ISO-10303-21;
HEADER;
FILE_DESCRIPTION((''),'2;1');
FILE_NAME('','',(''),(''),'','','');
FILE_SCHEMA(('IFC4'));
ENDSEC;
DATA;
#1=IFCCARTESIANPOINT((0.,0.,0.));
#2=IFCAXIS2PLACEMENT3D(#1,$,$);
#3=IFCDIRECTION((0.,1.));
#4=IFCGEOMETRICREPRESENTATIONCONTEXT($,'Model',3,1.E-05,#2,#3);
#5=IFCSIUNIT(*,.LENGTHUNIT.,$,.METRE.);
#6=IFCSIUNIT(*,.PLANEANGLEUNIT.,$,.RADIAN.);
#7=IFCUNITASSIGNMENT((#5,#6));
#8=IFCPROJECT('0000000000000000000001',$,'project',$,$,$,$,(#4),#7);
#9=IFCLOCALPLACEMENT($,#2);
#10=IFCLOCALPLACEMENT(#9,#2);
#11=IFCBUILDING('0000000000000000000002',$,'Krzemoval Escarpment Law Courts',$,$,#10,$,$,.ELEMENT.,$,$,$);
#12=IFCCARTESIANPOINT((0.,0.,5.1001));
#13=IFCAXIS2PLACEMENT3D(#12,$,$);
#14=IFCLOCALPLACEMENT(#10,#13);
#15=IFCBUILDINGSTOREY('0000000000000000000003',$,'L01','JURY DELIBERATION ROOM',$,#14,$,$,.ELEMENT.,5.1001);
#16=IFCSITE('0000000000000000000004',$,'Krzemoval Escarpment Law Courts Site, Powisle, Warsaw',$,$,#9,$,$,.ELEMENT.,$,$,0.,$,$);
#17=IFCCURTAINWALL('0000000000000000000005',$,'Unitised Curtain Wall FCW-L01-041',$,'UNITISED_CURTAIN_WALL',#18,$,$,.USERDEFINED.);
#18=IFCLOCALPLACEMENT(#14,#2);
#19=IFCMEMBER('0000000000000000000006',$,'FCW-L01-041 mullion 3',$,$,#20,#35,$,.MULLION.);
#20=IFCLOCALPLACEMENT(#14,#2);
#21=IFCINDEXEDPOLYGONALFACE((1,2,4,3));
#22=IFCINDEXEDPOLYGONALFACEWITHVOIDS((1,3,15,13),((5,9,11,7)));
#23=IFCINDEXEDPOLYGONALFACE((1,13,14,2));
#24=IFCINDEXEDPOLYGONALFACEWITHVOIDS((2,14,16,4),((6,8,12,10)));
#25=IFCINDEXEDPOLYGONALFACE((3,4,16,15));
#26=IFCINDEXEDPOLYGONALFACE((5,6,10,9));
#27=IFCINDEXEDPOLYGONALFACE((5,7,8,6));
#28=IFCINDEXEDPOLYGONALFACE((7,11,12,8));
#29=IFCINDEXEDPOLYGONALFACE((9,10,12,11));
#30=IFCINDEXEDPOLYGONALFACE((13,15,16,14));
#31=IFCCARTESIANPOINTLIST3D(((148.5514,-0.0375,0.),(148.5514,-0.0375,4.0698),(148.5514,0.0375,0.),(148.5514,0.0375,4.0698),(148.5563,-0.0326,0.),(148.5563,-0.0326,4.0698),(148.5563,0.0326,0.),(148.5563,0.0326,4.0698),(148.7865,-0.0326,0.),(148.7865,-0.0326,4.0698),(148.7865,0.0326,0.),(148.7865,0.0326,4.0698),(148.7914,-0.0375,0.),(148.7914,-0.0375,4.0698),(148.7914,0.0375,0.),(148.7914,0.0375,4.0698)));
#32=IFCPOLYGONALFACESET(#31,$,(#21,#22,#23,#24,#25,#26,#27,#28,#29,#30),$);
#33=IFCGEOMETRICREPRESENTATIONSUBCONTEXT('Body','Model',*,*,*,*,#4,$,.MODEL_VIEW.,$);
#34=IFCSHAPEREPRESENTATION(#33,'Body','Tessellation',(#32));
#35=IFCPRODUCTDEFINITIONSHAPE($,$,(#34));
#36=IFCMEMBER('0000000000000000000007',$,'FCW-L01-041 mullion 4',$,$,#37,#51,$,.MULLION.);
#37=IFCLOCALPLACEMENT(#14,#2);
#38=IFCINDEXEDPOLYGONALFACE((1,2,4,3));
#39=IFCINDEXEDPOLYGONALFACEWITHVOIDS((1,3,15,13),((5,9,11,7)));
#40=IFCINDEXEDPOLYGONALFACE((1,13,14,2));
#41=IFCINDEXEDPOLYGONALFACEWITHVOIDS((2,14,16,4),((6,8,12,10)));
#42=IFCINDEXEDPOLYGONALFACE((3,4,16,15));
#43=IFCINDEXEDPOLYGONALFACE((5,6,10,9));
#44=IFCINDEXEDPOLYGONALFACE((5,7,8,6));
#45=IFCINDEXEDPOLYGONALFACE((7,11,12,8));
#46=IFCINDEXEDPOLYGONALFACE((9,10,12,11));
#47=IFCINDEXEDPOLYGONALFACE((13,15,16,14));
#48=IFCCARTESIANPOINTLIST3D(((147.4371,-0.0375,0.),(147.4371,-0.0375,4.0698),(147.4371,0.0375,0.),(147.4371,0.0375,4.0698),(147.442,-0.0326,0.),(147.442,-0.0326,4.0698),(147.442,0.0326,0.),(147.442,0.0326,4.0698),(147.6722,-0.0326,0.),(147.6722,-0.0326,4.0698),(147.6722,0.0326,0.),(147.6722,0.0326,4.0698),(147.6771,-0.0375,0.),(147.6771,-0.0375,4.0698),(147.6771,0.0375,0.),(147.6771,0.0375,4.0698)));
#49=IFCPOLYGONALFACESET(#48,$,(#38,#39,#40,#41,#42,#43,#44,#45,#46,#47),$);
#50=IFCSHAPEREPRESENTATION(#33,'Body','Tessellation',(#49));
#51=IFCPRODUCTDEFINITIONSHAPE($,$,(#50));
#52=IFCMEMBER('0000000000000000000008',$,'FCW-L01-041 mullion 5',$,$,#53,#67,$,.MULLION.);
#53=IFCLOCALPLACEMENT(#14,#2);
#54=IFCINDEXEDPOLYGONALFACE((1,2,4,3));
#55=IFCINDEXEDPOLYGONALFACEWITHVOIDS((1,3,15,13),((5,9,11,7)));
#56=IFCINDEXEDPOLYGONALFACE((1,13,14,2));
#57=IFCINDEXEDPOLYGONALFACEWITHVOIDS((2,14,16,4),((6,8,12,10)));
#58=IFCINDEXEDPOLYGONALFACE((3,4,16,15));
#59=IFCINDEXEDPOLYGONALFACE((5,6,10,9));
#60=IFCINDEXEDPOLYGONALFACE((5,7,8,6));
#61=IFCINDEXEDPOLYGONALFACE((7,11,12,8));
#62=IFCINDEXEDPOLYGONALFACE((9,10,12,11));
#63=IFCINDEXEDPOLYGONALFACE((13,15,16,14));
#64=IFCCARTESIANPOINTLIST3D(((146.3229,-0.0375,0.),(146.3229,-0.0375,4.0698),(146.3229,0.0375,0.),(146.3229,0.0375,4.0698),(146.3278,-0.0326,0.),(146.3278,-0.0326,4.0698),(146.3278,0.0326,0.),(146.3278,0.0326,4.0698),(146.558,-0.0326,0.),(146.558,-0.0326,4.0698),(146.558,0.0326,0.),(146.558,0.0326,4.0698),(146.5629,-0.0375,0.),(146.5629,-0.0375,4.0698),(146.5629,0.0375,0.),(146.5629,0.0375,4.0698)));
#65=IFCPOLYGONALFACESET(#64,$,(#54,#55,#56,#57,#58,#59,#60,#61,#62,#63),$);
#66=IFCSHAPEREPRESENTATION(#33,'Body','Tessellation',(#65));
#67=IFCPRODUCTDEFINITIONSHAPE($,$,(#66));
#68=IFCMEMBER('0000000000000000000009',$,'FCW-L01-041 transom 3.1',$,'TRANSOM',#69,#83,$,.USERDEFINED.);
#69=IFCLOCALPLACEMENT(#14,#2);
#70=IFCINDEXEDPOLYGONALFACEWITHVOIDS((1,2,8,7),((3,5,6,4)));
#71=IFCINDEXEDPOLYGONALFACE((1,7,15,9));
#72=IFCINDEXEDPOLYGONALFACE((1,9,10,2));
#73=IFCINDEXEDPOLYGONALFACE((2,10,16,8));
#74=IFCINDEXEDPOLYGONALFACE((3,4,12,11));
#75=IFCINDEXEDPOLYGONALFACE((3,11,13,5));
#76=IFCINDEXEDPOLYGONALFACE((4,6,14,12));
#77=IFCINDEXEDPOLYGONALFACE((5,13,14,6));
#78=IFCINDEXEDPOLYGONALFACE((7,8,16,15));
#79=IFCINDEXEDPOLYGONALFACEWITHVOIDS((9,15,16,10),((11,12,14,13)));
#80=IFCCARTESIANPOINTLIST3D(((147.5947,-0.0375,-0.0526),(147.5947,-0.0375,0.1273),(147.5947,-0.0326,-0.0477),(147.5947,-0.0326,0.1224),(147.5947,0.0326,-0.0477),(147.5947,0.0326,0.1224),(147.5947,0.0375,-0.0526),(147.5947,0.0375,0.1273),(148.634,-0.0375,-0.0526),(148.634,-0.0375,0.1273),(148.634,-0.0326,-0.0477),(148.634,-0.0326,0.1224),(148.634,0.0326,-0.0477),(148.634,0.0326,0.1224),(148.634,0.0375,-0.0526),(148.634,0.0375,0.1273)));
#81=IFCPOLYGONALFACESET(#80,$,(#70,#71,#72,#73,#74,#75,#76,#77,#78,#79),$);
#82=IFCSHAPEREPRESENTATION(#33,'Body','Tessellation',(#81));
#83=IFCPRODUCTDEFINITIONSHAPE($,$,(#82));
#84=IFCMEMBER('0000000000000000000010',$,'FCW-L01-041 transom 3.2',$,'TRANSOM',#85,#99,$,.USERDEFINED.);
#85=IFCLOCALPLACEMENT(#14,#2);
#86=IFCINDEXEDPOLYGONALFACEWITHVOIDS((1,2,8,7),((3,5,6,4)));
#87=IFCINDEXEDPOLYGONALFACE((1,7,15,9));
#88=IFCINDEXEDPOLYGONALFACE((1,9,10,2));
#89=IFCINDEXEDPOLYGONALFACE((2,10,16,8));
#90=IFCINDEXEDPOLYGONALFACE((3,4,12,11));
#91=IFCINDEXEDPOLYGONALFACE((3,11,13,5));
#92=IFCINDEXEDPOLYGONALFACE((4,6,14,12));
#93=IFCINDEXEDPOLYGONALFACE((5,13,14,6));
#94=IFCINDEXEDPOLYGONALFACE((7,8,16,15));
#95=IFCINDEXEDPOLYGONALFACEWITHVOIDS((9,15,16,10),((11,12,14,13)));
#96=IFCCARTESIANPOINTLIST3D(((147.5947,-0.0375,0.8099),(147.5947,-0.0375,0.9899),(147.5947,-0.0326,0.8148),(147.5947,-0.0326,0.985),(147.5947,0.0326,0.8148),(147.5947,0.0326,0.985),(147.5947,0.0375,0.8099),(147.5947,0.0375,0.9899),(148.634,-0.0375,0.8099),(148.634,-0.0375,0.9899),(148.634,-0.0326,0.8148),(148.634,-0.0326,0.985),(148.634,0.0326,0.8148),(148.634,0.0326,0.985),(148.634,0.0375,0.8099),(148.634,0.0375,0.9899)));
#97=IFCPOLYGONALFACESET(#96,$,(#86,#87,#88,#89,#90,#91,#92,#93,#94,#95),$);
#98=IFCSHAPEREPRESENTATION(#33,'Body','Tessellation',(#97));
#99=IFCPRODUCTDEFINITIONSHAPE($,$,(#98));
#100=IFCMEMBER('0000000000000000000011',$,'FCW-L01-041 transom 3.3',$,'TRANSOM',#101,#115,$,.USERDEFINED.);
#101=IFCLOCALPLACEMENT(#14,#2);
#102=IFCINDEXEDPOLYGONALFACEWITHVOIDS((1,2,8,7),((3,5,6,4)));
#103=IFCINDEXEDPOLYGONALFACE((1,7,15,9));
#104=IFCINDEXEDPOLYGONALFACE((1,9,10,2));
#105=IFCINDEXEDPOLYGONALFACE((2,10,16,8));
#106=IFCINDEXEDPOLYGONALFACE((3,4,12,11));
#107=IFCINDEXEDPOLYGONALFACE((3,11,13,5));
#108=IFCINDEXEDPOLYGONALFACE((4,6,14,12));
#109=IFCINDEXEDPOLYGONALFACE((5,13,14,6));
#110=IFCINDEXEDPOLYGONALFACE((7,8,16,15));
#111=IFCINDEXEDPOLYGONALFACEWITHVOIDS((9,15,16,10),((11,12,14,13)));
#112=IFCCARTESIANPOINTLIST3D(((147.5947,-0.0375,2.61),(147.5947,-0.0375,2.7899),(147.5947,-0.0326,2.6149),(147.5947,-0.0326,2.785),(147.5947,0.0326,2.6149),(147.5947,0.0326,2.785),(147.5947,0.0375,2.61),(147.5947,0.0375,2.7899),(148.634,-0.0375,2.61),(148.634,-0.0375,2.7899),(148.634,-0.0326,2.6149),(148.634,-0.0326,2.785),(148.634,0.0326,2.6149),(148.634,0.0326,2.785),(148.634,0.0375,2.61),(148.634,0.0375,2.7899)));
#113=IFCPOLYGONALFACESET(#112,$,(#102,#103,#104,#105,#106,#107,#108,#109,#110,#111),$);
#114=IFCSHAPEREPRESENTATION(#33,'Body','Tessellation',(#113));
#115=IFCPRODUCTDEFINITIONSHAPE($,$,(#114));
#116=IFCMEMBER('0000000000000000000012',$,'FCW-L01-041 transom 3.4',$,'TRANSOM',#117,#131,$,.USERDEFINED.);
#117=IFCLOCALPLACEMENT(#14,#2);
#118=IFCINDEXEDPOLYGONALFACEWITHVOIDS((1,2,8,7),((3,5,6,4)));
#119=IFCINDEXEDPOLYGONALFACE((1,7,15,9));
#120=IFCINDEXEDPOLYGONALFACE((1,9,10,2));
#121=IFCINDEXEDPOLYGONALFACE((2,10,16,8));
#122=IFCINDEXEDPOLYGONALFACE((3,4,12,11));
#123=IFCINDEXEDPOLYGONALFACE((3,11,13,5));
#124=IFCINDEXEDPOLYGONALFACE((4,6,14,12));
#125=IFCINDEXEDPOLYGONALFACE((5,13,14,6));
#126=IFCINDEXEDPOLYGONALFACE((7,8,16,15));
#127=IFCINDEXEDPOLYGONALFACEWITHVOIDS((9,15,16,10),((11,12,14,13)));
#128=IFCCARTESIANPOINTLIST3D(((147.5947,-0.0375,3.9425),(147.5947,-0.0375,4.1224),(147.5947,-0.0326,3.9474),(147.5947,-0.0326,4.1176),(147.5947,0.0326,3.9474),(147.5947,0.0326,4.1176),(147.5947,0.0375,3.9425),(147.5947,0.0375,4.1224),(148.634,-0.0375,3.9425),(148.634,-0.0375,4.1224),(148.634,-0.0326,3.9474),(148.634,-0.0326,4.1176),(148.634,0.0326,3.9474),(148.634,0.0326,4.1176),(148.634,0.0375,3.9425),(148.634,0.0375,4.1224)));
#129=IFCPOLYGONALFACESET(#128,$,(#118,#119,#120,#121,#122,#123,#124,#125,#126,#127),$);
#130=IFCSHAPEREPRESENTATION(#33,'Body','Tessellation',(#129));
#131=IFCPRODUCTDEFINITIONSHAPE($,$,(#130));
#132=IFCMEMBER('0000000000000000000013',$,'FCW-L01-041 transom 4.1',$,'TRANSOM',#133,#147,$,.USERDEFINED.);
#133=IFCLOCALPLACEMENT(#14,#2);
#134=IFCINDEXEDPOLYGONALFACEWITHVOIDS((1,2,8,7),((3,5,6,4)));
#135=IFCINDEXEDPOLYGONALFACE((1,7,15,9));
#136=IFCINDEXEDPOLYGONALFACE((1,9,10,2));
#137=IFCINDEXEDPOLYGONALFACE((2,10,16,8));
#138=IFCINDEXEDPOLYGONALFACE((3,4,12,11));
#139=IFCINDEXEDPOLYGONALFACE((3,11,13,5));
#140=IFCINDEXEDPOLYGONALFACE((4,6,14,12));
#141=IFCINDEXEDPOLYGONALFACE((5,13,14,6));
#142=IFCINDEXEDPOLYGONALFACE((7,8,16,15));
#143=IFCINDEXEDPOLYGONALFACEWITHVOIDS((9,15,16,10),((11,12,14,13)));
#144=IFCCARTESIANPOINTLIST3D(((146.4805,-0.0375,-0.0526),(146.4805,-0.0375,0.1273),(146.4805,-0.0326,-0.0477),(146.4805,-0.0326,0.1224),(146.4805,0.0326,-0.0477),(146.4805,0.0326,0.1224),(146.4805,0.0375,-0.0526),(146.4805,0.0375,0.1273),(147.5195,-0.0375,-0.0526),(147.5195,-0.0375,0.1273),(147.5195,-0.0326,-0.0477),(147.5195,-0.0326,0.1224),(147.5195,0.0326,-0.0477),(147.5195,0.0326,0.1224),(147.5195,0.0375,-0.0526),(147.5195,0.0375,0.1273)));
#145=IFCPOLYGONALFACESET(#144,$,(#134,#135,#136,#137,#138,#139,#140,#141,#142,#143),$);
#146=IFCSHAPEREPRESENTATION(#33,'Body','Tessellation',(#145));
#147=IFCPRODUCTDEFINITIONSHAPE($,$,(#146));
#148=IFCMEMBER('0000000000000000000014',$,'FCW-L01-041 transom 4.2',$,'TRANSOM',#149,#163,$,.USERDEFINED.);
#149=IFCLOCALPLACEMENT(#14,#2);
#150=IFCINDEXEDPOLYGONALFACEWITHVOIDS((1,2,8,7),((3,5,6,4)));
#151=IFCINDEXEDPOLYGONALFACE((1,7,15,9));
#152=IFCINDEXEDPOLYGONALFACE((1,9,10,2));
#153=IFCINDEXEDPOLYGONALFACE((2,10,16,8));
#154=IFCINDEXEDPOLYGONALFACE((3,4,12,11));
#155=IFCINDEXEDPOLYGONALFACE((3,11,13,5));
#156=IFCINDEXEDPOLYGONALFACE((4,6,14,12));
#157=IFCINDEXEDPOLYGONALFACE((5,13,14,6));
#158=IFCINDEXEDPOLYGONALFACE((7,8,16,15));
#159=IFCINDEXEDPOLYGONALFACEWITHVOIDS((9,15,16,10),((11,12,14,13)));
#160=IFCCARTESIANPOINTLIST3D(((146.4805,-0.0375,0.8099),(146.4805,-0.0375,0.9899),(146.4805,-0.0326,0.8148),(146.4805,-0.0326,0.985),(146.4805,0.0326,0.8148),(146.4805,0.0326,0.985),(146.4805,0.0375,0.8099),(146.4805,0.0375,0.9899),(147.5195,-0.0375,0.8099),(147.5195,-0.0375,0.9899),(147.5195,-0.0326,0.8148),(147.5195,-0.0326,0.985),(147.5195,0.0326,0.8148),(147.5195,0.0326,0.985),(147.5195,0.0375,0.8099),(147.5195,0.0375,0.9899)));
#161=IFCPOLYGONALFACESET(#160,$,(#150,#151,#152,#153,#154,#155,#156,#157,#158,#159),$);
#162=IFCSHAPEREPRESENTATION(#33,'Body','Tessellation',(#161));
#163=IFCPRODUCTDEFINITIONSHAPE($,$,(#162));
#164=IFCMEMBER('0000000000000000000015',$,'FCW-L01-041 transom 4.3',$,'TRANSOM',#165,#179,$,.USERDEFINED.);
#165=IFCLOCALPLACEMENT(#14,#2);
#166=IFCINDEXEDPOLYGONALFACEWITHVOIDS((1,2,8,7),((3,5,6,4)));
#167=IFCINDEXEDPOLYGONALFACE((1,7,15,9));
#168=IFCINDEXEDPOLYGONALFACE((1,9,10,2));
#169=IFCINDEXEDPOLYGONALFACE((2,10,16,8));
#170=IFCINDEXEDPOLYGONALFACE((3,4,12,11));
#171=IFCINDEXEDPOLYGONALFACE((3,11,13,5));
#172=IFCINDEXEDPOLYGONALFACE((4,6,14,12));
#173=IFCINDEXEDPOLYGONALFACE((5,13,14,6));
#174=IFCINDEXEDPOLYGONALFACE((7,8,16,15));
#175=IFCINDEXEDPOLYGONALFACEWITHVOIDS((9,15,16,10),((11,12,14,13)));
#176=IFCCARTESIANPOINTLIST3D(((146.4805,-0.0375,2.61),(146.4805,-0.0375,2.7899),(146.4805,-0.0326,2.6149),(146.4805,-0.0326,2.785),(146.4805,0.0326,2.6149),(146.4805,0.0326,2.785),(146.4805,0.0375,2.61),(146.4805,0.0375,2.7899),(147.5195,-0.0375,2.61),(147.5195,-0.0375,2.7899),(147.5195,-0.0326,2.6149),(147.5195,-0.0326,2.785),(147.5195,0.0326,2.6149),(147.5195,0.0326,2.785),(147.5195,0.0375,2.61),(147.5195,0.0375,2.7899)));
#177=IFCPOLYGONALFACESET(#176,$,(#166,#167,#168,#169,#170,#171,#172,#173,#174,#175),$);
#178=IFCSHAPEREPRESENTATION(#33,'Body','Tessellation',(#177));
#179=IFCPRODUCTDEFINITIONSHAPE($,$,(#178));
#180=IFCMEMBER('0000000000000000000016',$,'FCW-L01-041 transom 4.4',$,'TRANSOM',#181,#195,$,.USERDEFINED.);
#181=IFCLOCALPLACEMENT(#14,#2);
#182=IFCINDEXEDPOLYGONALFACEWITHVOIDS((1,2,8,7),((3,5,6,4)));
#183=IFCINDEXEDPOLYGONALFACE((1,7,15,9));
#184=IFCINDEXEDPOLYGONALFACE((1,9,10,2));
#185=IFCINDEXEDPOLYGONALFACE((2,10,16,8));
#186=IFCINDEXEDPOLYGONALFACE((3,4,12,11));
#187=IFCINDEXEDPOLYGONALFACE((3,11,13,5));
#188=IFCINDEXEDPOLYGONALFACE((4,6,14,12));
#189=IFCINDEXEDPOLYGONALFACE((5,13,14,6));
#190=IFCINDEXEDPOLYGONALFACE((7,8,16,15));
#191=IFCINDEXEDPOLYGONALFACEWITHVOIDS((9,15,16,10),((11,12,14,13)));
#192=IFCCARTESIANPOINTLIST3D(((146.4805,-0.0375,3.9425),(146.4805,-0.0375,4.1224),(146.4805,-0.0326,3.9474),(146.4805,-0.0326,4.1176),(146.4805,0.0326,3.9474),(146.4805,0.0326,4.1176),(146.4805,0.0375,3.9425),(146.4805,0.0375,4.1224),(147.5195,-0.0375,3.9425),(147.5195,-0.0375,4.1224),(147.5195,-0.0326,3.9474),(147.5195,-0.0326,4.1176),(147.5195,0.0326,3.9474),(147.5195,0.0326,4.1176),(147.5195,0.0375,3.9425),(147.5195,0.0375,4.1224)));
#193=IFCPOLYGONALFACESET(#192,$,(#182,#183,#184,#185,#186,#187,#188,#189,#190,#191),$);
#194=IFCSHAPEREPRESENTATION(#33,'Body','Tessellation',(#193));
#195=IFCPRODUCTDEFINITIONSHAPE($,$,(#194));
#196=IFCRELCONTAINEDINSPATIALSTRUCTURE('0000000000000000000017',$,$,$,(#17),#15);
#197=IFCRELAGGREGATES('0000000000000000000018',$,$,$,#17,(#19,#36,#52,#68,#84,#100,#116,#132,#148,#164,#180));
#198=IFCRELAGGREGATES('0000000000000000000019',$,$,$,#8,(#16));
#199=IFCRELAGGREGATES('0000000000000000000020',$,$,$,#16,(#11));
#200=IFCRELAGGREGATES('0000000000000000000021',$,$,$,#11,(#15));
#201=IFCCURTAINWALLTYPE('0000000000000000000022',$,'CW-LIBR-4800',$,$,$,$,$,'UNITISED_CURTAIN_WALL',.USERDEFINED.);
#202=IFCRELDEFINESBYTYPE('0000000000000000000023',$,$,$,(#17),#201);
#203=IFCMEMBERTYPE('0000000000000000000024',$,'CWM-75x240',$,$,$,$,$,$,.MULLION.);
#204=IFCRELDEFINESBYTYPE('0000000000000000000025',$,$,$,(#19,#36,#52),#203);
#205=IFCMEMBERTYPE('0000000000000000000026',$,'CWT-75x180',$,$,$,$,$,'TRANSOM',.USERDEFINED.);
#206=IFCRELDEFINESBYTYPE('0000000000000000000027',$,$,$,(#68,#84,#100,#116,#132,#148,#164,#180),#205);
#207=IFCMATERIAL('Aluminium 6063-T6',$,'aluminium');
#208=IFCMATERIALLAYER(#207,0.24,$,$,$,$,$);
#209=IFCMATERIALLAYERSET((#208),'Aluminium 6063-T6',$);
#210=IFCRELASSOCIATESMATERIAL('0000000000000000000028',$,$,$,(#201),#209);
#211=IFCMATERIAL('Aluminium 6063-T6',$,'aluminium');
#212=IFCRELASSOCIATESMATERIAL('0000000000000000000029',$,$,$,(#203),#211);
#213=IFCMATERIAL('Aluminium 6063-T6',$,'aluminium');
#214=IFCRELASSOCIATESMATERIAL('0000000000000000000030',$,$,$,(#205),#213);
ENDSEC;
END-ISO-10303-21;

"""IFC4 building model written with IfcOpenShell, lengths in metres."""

from ifc_helpers import new_model, si_unit, direction, frame, origin, origin_2d, place, context, subcontext, project, spatial, hollow_rectangle, extrude, material, layer, layer_set, material_profile, profile_set, type_object, element, aggregate, save


model = new_model("IFC4")

# Units and contexts
model_context = context("Model", 3, precision=1e-05, world=origin(), true_north=direction((0.0, 1.0)))
body_context = subcontext(model_context, "Body", "Model", "MODEL_VIEW")
ifc_project = project(units=[si_unit("LENGTHUNIT", "METRE"), si_unit("PLANEANGLEUNIT", "RADIAN")], contexts=[model_context])

# Site, building, storey
site_placement = place(None, origin())
site = spatial("IfcSite", under=ifc_project, at=site_placement, Name="Krzemoval Escarpment Law Courts Site, Powisle, Warsaw", CompositionType="ELEMENT", RefElevation=0.0)
building_placement = place(site_placement, origin())
building = spatial("IfcBuilding", under=site, at=building_placement, Name="Krzemoval Escarpment Law Courts", CompositionType="ELEMENT")
storey_placement = place(building_placement, frame((0.0, 0.0, 5.1001)))
storey = spatial("IfcBuildingStorey", under=building, at=storey_placement, Name="L01", Description="JURY DELIBERATION ROOM", CompositionType="ELEMENT", Elevation=5.1001)

# Curtain wall, members
ifc_material_1 = material(Name="Aluminium 6063-T6", Category="aluminium")
ifc_layer_1 = layer(ifc_material_1, 0.24)
ifc_layer_set_1 = layer_set([ifc_layer_1], Name="Aluminium 6063-T6")
curtain_wall_type = type_object("IfcCurtainWallType", Name="CW-LIBR-4800", ElementType="UNITISED_CURTAIN_WALL", PredefinedType="USERDEFINED", material=ifc_layer_set_1)
curtain_wall_placement = place(storey_placement, origin())
curtain_wall = element("IfcCurtainWall", 1, at=curtain_wall_placement, inside=storey, type_object=curtain_wall_type, Name="Unitised Curtain Wall FCW-L01-041", ObjectType="UNITISED_CURTAIN_WALL", PredefinedType="USERDEFINED")
ifc_material_2 = material(Name="Aluminium 6063-T6", Category="aluminium")
ifc_material_profile_1 = material_profile(ifc_material_2, hollow_rectangle(XDim=0.075, YDim=0.24, WallThickness=0.0049, at=origin_2d()), Name="ALU M75x240")
ifc_profile_set_1 = profile_set([ifc_material_profile_1], Name="Aluminium 6063-T6")
member_type_1 = type_object("IfcMemberType", Name="CWM-75x240", PredefinedType="MULLION", material=ifc_profile_set_1)
member_1_placement = place(storey_placement, frame((148.6714, 0.0, 0.0), z_axis=(0.0, 0.0, 1.0), x_axis=(0.0, -1.0, 0.0)))
member_1 = element("IfcMember", 2, at=member_1_placement, type_object=member_type_1, Name="FCW-L01-041 mullion 3", PredefinedType="MULLION", context=body_context, shape_type="SweptSolid", body=[
    extrude(hollow_rectangle(XDim=0.075, YDim=0.24, WallThickness=0.0049, at=origin_2d()), origin(), (0.0, 0.0, 1.0), 4.0698),
])
member_2_placement = place(storey_placement, frame((147.5571, 0.0, 0.0), z_axis=(0.0, 0.0, 1.0), x_axis=(0.0, -1.0, 0.0)))
member_2 = element("IfcMember", 3, at=member_2_placement, type_object=member_type_1, Name="FCW-L01-041 mullion 4", PredefinedType="MULLION", context=body_context, shape_type="SweptSolid", body=[
    extrude(hollow_rectangle(XDim=0.075, YDim=0.24, WallThickness=0.0049, at=origin_2d()), origin(), (0.0, 0.0, 1.0), 4.0698),
])
member_3_placement = place(storey_placement, frame((146.4429, 0.0, 0.0), z_axis=(0.0, 0.0, 1.0), x_axis=(0.0, -1.0, 0.0)))
member_3 = element("IfcMember", 4, at=member_3_placement, type_object=member_type_1, Name="FCW-L01-041 mullion 5", PredefinedType="MULLION", context=body_context, shape_type="SweptSolid", body=[
    extrude(hollow_rectangle(XDim=0.075, YDim=0.24, WallThickness=0.0049, at=origin_2d()), origin(), (0.0, 0.0, 1.0), 4.0698),
])
ifc_material_3 = material(Name="Aluminium 6063-T6", Category="aluminium")
ifc_material_profile_2 = material_profile(ifc_material_3, hollow_rectangle(XDim=0.075, YDim=0.1799, WallThickness=0.0049, at=origin_2d()), Name="ALU T75x180")
ifc_profile_set_2 = profile_set([ifc_material_profile_2], Name="Aluminium 6063-T6")
member_type_2 = type_object("IfcMemberType", Name="CWT-75x180", ElementType="TRANSOM", PredefinedType="USERDEFINED", material=ifc_profile_set_2)
member_4_placement = place(storey_placement, frame((148.634, 0.0, 0.0374), z_axis=(-1.0, 0.0, 0.0), x_axis=(0.0, -1.0, 0.0)))
member_4 = element("IfcMember", 5, at=member_4_placement, type_object=member_type_2, Name="FCW-L01-041 transom 3.1", ObjectType="TRANSOM", PredefinedType="USERDEFINED", context=body_context, shape_type="SweptSolid", body=[
    extrude(hollow_rectangle(XDim=0.075, YDim=0.1799, WallThickness=0.0049, at=origin_2d()), origin(), (0.0, 0.0, 1.0), 1.0393),
])
member_5_placement = place(storey_placement, frame((148.634, 0.0, 0.8999), z_axis=(-1.0, 0.0, 0.0), x_axis=(0.0, -1.0, 0.0)))
member_5 = element("IfcMember", 6, at=member_5_placement, type_object=member_type_2, Name="FCW-L01-041 transom 3.2", ObjectType="TRANSOM", PredefinedType="USERDEFINED", context=body_context, shape_type="SweptSolid", body=[
    extrude(hollow_rectangle(XDim=0.075, YDim=0.1799, WallThickness=0.0049, at=origin_2d()), origin(), (0.0, 0.0, 1.0), 1.0393),
])
member_6_placement = place(storey_placement, frame((148.634, 0.0, 2.7), z_axis=(-1.0, 0.0, 0.0), x_axis=(0.0, -1.0, 0.0)))
member_6 = element("IfcMember", 7, at=member_6_placement, type_object=member_type_2, Name="FCW-L01-041 transom 3.3", ObjectType="TRANSOM", PredefinedType="USERDEFINED", context=body_context, shape_type="SweptSolid", body=[
    extrude(hollow_rectangle(XDim=0.075, YDim=0.1799, WallThickness=0.0049, at=origin_2d()), origin(), (0.0, 0.0, 1.0), 1.0393),
])
member_7_placement = place(storey_placement, frame((148.634, 0.0, 4.0325), z_axis=(-1.0, 0.0, 0.0), x_axis=(0.0, -1.0, 0.0)))
member_7 = element("IfcMember", 8, at=member_7_placement, type_object=member_type_2, Name="FCW-L01-041 transom 3.4", ObjectType="TRANSOM", PredefinedType="USERDEFINED", context=body_context, shape_type="SweptSolid", body=[
    extrude(hollow_rectangle(XDim=0.075, YDim=0.1799, WallThickness=0.0049, at=origin_2d()), origin(), (0.0, 0.0, 1.0), 1.0393),
])
member_8_placement = place(storey_placement, frame((147.5195, 0.0, 0.0374), z_axis=(-1.0, 0.0, 0.0), x_axis=(0.0, -1.0, 0.0)))
member_8 = element("IfcMember", 9, at=member_8_placement, type_object=member_type_2, Name="FCW-L01-041 transom 4.1", ObjectType="TRANSOM", PredefinedType="USERDEFINED", context=body_context, shape_type="SweptSolid", body=[
    extrude(hollow_rectangle(XDim=0.075, YDim=0.1799, WallThickness=0.0049, at=origin_2d()), origin(), (0.0, 0.0, 1.0), 1.0391),
])
member_9_placement = place(storey_placement, frame((147.5195, 0.0, 0.8999), z_axis=(-1.0, 0.0, 0.0), x_axis=(0.0, -1.0, 0.0)))
member_9 = element("IfcMember", 10, at=member_9_placement, type_object=member_type_2, Name="FCW-L01-041 transom 4.2", ObjectType="TRANSOM", PredefinedType="USERDEFINED", context=body_context, shape_type="SweptSolid", body=[
    extrude(hollow_rectangle(XDim=0.075, YDim=0.1799, WallThickness=0.0049, at=origin_2d()), origin(), (0.0, 0.0, 1.0), 1.0391),
])
member_10_placement = place(storey_placement, frame((147.5195, 0.0, 2.7), z_axis=(-1.0, 0.0, 0.0), x_axis=(0.0, -1.0, 0.0)))
member_10 = element("IfcMember", 11, at=member_10_placement, type_object=member_type_2, Name="FCW-L01-041 transom 4.3", ObjectType="TRANSOM", PredefinedType="USERDEFINED", context=body_context, shape_type="SweptSolid", body=[
    extrude(hollow_rectangle(XDim=0.075, YDim=0.1799, WallThickness=0.0049, at=origin_2d()), origin(), (0.0, 0.0, 1.0), 1.0391),
])
member_11_placement = place(storey_placement, frame((147.5195, 0.0, 4.0325), z_axis=(-1.0, 0.0, 0.0), x_axis=(0.0, -1.0, 0.0)))
member_11 = element("IfcMember", 12, at=member_11_placement, type_object=member_type_2, Name="FCW-L01-041 transom 4.4", ObjectType="TRANSOM", PredefinedType="USERDEFINED", context=body_context, shape_type="SweptSolid", body=[
    extrude(hollow_rectangle(XDim=0.075, YDim=0.1799, WallThickness=0.0049, at=origin_2d()), origin(), (0.0, 0.0, 1.0), 1.0391),
])

aggregate(curtain_wall, [member_1, member_2, member_3, member_4, member_5, member_6, member_7, member_8, member_9, member_10, member_11])

save(model, "model.ifc")
